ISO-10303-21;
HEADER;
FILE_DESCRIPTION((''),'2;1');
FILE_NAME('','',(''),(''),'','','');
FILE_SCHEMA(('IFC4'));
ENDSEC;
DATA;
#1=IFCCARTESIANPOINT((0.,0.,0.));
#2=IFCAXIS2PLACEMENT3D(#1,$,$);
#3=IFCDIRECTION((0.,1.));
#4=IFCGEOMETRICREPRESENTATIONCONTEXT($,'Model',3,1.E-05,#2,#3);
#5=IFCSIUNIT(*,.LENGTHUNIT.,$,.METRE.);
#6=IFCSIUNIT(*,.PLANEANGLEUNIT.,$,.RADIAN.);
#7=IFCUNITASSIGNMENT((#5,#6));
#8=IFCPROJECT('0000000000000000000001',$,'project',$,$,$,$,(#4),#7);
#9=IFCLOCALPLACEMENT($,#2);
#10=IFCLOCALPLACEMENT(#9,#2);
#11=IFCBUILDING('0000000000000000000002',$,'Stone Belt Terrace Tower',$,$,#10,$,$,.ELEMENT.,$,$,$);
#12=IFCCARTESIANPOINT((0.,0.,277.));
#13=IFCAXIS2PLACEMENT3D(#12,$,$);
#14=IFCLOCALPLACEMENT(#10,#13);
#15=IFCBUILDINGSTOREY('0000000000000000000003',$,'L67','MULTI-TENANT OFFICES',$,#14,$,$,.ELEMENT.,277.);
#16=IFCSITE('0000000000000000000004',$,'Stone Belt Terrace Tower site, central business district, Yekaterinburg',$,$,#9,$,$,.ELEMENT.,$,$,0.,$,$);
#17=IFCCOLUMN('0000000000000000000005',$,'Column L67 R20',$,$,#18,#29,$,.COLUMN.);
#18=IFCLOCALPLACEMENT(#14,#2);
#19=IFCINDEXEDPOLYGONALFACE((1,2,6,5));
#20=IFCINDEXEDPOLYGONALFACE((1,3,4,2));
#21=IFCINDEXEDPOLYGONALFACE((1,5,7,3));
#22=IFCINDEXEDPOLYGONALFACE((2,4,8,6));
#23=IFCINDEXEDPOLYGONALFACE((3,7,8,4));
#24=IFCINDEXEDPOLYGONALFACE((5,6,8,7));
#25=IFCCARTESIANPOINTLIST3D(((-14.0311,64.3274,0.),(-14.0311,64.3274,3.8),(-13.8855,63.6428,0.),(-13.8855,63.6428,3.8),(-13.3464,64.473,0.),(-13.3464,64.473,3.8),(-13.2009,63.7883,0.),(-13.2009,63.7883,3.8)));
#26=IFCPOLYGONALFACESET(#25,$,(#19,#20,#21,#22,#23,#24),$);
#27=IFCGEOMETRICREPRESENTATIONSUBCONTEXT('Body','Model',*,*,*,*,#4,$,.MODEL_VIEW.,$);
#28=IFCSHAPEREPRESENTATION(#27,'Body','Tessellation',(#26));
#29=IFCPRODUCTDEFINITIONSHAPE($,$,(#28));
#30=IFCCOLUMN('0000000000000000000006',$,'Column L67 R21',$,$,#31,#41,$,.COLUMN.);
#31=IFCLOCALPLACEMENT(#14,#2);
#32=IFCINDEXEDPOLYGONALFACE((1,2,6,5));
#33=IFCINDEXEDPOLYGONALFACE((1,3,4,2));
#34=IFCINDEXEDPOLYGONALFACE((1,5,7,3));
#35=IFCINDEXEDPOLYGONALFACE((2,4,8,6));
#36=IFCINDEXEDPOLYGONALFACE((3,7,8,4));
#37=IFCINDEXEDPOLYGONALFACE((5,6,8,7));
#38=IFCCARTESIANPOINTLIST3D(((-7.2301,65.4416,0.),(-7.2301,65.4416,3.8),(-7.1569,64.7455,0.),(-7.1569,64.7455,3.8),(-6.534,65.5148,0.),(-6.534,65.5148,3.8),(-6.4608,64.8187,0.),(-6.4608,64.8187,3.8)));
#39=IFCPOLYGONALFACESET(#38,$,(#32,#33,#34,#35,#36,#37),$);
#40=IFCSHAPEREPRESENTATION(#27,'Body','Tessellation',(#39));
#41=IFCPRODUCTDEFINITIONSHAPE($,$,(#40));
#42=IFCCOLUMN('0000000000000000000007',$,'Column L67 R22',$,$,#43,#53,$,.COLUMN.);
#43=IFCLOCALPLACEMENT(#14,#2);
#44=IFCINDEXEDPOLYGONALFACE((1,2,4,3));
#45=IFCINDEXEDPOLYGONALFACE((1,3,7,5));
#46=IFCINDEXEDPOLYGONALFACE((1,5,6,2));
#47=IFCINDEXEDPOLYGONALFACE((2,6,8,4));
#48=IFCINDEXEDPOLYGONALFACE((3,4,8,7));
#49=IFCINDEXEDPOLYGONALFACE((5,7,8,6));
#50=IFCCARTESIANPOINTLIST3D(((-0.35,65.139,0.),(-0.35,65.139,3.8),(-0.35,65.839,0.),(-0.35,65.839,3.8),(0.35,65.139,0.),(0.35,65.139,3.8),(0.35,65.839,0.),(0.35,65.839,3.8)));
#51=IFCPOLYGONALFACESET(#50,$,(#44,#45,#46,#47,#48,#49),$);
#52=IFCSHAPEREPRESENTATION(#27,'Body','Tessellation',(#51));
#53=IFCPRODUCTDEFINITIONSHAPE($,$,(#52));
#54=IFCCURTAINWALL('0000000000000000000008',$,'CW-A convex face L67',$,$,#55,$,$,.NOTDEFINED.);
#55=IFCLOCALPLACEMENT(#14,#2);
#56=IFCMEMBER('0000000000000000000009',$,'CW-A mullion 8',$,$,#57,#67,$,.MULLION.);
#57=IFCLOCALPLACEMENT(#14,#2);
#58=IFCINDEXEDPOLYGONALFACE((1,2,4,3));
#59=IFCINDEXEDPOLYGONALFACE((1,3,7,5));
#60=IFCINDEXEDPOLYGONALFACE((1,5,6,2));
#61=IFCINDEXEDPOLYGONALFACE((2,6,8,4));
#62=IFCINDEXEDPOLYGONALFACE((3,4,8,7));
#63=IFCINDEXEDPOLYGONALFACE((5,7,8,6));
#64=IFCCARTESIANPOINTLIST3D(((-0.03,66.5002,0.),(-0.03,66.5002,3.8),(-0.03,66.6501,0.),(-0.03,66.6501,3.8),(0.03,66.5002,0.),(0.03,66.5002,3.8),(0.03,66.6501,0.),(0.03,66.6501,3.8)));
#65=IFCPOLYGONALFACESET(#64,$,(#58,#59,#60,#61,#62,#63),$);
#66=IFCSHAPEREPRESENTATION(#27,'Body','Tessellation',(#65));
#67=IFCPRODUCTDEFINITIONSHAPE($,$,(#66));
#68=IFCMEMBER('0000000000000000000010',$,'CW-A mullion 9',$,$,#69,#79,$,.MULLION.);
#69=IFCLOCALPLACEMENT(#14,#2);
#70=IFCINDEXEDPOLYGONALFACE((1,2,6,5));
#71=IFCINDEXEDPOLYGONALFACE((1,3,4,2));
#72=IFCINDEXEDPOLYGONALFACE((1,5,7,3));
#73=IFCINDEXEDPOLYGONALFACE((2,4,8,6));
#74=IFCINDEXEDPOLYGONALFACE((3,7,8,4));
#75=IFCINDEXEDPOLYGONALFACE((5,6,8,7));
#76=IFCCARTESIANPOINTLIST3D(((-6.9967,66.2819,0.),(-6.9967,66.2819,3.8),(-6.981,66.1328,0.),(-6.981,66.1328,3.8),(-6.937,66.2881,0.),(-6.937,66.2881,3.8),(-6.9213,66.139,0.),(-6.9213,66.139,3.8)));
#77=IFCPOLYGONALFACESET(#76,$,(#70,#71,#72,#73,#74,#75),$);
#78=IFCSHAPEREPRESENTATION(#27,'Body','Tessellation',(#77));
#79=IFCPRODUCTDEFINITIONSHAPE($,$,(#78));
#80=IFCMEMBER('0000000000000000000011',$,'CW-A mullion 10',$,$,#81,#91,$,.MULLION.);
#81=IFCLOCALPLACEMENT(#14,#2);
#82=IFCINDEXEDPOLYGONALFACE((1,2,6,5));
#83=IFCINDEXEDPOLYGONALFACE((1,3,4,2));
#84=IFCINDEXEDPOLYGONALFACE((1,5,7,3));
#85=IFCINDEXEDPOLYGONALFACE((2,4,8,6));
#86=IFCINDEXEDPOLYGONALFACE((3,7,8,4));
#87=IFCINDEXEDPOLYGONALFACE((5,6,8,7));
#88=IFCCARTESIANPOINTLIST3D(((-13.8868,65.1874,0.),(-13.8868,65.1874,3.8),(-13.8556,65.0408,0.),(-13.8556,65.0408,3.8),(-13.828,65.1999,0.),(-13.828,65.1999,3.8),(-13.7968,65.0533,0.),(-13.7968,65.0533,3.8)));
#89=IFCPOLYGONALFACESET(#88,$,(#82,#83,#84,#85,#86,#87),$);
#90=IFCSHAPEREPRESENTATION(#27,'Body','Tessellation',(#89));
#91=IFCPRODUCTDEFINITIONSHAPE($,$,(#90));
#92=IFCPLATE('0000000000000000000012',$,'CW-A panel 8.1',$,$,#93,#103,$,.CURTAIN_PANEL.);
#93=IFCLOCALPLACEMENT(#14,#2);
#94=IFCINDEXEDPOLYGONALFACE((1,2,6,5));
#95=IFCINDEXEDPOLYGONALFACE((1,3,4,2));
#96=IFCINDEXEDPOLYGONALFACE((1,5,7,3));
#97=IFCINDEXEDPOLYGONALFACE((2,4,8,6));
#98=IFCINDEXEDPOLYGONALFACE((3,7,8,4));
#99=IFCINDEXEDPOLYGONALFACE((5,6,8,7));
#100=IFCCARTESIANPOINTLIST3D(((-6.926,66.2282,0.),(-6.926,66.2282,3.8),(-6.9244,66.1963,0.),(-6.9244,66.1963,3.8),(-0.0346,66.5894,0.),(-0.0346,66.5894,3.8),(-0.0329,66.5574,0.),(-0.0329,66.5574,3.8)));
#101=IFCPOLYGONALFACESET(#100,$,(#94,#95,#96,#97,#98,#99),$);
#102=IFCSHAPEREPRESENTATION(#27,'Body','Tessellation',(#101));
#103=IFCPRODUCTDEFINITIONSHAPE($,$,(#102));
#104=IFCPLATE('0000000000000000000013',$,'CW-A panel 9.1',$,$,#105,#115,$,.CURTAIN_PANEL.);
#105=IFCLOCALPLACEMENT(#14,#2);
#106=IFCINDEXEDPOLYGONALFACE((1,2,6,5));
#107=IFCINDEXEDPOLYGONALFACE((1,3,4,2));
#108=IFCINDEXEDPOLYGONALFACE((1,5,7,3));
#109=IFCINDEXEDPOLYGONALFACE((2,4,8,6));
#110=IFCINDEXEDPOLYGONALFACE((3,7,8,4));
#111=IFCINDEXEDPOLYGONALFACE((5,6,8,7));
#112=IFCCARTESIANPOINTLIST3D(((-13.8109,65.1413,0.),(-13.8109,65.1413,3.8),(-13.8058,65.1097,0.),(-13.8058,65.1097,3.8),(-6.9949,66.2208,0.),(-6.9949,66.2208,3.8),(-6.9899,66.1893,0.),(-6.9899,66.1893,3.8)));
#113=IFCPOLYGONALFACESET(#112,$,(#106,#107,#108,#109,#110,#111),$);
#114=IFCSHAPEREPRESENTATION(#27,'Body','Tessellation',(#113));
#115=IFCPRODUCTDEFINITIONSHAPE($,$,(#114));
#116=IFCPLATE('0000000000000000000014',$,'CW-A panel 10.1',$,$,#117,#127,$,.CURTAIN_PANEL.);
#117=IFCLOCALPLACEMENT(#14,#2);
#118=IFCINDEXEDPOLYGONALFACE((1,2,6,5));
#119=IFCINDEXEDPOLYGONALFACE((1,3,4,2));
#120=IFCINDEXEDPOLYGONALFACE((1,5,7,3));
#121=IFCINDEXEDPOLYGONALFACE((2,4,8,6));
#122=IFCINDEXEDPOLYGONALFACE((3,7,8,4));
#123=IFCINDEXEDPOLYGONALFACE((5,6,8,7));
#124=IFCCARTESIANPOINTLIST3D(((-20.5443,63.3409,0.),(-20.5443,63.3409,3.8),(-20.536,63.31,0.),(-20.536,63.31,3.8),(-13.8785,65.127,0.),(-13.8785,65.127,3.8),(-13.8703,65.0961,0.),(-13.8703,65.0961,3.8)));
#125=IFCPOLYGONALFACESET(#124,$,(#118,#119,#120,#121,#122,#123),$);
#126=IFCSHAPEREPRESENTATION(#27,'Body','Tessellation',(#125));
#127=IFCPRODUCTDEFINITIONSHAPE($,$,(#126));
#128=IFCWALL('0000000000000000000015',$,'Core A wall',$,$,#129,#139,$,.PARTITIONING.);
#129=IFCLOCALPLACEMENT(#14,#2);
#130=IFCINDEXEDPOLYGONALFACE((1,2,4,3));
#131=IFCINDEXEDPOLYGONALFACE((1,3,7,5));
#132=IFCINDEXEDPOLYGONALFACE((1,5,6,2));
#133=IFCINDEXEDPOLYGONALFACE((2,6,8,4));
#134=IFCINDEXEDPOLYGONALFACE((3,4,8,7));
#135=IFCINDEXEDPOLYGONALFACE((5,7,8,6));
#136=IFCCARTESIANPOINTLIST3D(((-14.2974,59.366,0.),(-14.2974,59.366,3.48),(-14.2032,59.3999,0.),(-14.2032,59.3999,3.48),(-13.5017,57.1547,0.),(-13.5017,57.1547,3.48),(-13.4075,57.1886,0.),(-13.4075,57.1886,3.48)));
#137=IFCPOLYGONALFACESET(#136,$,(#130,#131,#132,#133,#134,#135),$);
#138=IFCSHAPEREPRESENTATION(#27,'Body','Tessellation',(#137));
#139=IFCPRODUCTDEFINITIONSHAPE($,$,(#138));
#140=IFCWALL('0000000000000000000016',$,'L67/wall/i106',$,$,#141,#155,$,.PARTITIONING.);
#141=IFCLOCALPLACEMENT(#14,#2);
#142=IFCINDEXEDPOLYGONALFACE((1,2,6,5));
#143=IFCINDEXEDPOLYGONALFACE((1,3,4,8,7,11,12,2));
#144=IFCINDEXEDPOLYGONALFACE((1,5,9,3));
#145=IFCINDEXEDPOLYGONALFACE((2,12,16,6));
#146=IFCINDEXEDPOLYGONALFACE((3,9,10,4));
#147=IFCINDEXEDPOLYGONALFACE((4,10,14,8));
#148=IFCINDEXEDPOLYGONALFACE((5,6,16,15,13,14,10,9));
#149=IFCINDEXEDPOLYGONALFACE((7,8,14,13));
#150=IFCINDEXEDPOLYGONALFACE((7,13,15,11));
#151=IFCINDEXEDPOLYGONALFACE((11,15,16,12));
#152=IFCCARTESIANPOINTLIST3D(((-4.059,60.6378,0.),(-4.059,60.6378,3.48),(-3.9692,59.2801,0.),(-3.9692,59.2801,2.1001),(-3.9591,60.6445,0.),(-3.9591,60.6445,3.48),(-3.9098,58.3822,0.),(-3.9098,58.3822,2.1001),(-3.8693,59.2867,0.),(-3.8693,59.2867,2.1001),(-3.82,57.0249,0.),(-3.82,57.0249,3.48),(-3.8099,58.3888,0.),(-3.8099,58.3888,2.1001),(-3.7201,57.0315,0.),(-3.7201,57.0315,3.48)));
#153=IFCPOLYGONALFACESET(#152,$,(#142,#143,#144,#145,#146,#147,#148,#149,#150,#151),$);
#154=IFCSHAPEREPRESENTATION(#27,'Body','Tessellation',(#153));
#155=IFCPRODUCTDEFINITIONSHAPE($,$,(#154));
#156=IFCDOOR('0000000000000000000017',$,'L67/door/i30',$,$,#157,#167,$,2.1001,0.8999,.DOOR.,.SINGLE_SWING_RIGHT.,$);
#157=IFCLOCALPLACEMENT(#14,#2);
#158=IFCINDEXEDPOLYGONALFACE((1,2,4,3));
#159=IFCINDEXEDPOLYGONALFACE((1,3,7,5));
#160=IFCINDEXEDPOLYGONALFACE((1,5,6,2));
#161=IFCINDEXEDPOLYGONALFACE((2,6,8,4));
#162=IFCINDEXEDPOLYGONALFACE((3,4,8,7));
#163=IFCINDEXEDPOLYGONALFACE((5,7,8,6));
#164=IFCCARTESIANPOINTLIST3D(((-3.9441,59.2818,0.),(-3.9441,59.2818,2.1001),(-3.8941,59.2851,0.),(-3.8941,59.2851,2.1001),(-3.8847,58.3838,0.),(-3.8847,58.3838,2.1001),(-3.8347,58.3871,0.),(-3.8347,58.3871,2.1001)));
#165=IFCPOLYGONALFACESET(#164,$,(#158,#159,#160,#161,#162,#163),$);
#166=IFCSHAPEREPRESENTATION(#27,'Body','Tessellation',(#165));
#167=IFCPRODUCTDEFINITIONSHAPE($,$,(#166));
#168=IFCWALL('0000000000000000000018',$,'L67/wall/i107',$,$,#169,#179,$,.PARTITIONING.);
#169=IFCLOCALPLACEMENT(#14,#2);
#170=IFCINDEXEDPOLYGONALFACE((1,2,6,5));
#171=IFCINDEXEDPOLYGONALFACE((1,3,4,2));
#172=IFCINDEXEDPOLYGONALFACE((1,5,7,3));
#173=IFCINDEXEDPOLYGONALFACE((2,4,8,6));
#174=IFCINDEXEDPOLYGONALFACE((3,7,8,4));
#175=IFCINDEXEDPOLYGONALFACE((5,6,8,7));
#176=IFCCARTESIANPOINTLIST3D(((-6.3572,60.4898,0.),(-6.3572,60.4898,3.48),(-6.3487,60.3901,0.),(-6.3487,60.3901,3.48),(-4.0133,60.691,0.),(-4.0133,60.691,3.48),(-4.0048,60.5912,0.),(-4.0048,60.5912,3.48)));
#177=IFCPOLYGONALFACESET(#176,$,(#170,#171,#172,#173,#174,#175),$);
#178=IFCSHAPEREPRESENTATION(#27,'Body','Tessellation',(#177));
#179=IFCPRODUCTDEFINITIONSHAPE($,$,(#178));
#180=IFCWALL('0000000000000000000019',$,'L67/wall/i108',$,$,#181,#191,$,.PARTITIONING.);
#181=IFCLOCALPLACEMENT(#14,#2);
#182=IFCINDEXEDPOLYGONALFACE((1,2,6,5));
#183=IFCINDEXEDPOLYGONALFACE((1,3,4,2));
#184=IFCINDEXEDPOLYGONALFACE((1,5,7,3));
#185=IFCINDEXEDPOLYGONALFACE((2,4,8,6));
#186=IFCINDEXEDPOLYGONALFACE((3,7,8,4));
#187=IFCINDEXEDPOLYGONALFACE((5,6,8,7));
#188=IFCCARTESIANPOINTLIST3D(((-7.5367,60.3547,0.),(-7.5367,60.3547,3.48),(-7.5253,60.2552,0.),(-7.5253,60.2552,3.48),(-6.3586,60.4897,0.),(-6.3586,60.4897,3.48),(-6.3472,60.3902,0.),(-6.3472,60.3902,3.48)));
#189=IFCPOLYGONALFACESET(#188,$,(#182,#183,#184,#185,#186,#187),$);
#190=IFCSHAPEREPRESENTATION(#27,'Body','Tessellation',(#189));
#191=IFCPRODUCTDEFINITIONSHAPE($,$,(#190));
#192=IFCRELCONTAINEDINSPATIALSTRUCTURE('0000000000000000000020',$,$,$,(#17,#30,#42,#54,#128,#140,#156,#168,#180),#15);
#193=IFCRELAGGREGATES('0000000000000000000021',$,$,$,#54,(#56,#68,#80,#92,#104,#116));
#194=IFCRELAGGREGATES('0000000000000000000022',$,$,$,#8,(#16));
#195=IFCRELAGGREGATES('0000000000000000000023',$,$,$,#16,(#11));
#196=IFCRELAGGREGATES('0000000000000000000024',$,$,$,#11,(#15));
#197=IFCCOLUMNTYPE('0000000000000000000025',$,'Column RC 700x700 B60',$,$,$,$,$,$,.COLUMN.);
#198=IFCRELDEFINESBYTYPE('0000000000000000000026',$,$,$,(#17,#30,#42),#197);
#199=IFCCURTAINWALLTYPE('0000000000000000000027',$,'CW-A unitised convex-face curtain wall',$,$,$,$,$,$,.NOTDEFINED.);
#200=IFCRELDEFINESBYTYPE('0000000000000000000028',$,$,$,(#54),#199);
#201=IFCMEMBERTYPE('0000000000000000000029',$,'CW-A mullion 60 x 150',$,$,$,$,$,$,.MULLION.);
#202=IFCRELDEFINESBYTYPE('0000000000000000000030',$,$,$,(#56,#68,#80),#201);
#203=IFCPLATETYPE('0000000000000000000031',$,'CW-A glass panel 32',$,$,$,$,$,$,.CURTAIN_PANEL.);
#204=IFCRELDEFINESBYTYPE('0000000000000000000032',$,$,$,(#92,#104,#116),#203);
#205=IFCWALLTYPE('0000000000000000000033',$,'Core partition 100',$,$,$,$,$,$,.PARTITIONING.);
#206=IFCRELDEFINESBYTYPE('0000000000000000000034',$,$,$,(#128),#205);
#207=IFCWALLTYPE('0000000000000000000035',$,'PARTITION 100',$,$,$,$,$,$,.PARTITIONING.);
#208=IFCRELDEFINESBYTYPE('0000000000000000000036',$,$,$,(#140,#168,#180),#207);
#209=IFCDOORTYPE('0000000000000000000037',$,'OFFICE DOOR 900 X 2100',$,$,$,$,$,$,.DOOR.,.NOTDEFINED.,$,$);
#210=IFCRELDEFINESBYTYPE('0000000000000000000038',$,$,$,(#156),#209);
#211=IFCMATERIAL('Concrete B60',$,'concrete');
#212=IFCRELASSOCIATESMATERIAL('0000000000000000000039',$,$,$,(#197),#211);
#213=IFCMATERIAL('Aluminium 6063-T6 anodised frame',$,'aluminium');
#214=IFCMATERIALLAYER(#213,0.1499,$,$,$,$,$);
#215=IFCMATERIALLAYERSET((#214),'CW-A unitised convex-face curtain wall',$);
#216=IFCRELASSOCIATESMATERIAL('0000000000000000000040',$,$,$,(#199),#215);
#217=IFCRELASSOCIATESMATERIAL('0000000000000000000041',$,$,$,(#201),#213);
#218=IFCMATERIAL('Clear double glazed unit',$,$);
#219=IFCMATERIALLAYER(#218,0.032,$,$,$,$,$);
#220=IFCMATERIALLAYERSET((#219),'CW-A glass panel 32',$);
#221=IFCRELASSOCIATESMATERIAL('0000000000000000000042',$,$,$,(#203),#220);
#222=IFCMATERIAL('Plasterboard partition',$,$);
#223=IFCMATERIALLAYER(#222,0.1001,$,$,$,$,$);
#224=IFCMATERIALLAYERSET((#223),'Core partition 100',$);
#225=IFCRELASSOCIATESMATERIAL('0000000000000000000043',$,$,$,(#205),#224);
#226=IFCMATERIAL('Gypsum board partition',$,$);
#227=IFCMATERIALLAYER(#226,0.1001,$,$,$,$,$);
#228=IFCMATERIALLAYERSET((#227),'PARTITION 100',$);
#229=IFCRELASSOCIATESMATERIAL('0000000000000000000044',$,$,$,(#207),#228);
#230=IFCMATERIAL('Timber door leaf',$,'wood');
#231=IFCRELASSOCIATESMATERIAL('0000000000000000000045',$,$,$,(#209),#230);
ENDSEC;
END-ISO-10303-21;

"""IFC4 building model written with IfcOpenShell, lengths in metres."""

from ifc_helpers import new_model, si_unit, direction, frame, frame_2d, origin, origin_2d, place, context, subcontext, project, spatial, rectangle, extrude, material, layer, layer_set, material_profile, profile_set, type_object, element, fill, aggregate, save


model = new_model("IFC4")

# Units and contexts
model_context = context("Model", 3, precision=1e-05, world=origin(), true_north=direction((0.0, 1.0)))
body_context = subcontext(model_context, "Body", "Model", "MODEL_VIEW")
ifc_project = project(units=[si_unit("LENGTHUNIT", "METRE"), si_unit("PLANEANGLEUNIT", "RADIAN")], contexts=[model_context])

# Site, building, storey
site_placement = place(None, origin())
site = spatial("IfcSite", under=ifc_project, at=site_placement, Name="Stone Belt Terrace Tower site, central business district, Yekaterinburg", CompositionType="ELEMENT", RefElevation=0.0)
building_placement = place(site_placement, origin())
building = spatial("IfcBuilding", under=site, at=building_placement, Name="Stone Belt Terrace Tower", CompositionType="ELEMENT")
storey_placement = place(building_placement, frame((0.0, 0.0, 277.0)))
storey = spatial("IfcBuildingStorey", under=building, at=storey_placement, Name="L67", Description="MULTI-TENANT OFFICES", CompositionType="ELEMENT", Elevation=277.0)

# Columns
ifc_material_1 = material(Name="Concrete B60", Category="concrete")
ifc_material_profile_1 = material_profile(ifc_material_1, rectangle(XDim=0.7, YDim=0.7, at=origin_2d()), Name="RC 700x700")
ifc_profile_set_1 = profile_set([ifc_material_profile_1], Name="Concrete B60")
column_type = type_object("IfcColumnType", Name="Column RC 700x700 B60", PredefinedType="COLUMN", material=ifc_profile_set_1)
for number, where, z_axis, x_axis, name in (
    (1, (-13.616, 64.0579, 0.0), (0.0, 0.0, 1.0), (0.978148, 0.207912, 0.0), "Column L67 R20"),
    (2, (-6.8455, 65.1301, 0.0), (0.0, 0.0, 1.0), (0.994522, 0.104528, 0.0), "Column L67 R21"),
    (3, (0.0, 65.489, 0.0), (0.0, 0.0, 1.0), (1.0, 0.0, 0.0), "Column L67 R22"),
):
    element("IfcColumn", number, at=place(storey_placement, frame(where, z_axis=z_axis, x_axis=x_axis)), inside=storey, type_object=column_type, Name=name, PredefinedType="COLUMN", context=body_context, shape_type="SweptSolid", body=[
        extrude(rectangle(XDim=0.7, YDim=0.7, at=origin_2d()), origin(), (0.0, 0.0, 1.0), 3.8),
    ])

# Curtain wall, members, plates
ifc_material_2 = material(Name="Aluminium 6063-T6 anodised frame", Category="aluminium")
ifc_layer_1 = layer(ifc_material_2, 0.1499)
ifc_layer_set_1 = layer_set([ifc_layer_1], Name="CW-A unitised convex-face curtain wall")
curtain_wall_type = type_object("IfcCurtainWallType", Name="CW-A unitised convex-face curtain wall", PredefinedType="NOTDEFINED", material=ifc_layer_set_1)
curtain_wall_placement = place(storey_placement, origin())
curtain_wall = element("IfcCurtainWall", 4, at=curtain_wall_placement, inside=storey, type_object=curtain_wall_type, Name="CW-A convex face L67", PredefinedType="NOTDEFINED")
ifc_material_profile_2 = material_profile(ifc_material_2, rectangle(XDim=0.1499, YDim=0.0601, at=origin_2d()), Name="Aluminium 6063-T6 60x150")
ifc_profile_set_2 = profile_set([ifc_material_profile_2], Name="Aluminium 6063-T6 anodised frame")
member_type = type_object("IfcMemberType", Name="CW-A mullion 60 x 150", PredefinedType="MULLION", material=ifc_profile_set_2)
member_1_placement = place(storey_placement, frame((0.0, 66.5752, 0.0), z_axis=(0.0, 0.0, 1.0), x_axis=(0.0, -1.0, 0.0)))
member_1 = element("IfcMember", 5, at=member_1_placement, type_object=member_type, Name="CW-A mullion 8", PredefinedType="MULLION", context=body_context, shape_type="SweptSolid", body=[
    extrude(rectangle(XDim=0.1499, YDim=0.0601, at=origin_2d()), origin(), (0.0, 0.0, 1.0), 3.8),
])
member_2_placement = place(storey_placement, frame((-6.959, 66.2104, 0.0), z_axis=(0.0, 0.0, 1.0), x_axis=(0.104528, -0.994522, 0.0)))
member_2 = element("IfcMember", 6, at=member_2_placement, type_object=member_type, Name="CW-A mullion 9", PredefinedType="MULLION", context=body_context, shape_type="SweptSolid", body=[
    extrude(rectangle(XDim=0.1499, YDim=0.0601, at=origin_2d()), origin(), (0.0, 0.0, 1.0), 3.8),
])
member_3_placement = place(storey_placement, frame((-13.8418, 65.1204, 0.0), z_axis=(0.0, 0.0, 1.0), x_axis=(0.207912, -0.978148, 0.0)))
member_3 = element("IfcMember", 7, at=member_3_placement, type_object=member_type, Name="CW-A mullion 10", PredefinedType="MULLION", context=body_context, shape_type="SweptSolid", body=[
    extrude(rectangle(XDim=0.1499, YDim=0.0601, at=origin_2d()), origin(), (0.0, 0.0, 1.0), 3.8),
])
ifc_material_3 = material(Name="Clear double glazed unit")
ifc_layer_2 = layer(ifc_material_3, 0.032)
ifc_layer_set_2 = layer_set([ifc_layer_2], Name="CW-A glass panel 32")
plate_type = type_object("IfcPlateType", Name="CW-A glass panel 32", PredefinedType="CURTAIN_PANEL", material=ifc_layer_set_2)
plate_1_placement = place(storey_placement, frame((-3.4795, 66.3928, 0.0), z_axis=(0.0, 0.0, 1.0), x_axis=(-0.99863, -0.052336, 0.0)))
plate_1 = element("IfcPlate", 8, at=plate_1_placement, type_object=plate_type, Name="CW-A panel 8.1", PredefinedType="CURTAIN_PANEL", context=body_context, shape_type="SweptSolid", body=[
    extrude(rectangle(XDim=6.9009, YDim=0.032, at=origin_2d()), origin(), (0.0, 0.0, 1.0), 3.8),
])
plate_2_placement = place(storey_placement, frame((-10.4004, 65.6653, 0.0), z_axis=(0.0, 0.0, 1.0), x_axis=(-0.987688, -0.156434, 0.0)))
plate_2 = element("IfcPlate", 9, at=plate_2_placement, type_object=plate_type, Name="CW-A panel 9.1", PredefinedType="CURTAIN_PANEL", context=body_context, shape_type="SweptSolid", body=[
    extrude(rectangle(XDim=6.9009, YDim=0.032, at=origin_2d()), origin(), (0.0, 0.0, 1.0), 3.8),
])
plate_3_placement = place(storey_placement, frame((-17.2073, 64.2185, 0.0), z_axis=(0.0, 0.0, 1.0), x_axis=(-0.965926, -0.258819, 0.0)))
plate_3 = element("IfcPlate", 10, at=plate_3_placement, type_object=plate_type, Name="CW-A panel 10.1", PredefinedType="CURTAIN_PANEL", context=body_context, shape_type="SweptSolid", body=[
    extrude(rectangle(XDim=6.9009, YDim=0.032, at=origin_2d()), origin(), (0.0, 0.0, 1.0), 3.8),
])
aggregate(curtain_wall, [member_1, member_2, member_3, plate_1, plate_2, plate_3])

# Wall
ifc_material_4 = material(Name="Plasterboard partition")
ifc_layer_3 = layer(ifc_material_4, 0.1001)
ifc_layer_set_3 = layer_set([ifc_layer_3], Name="Core partition 100")
wall_type_1 = type_object("IfcWallType", Name="Core partition 100", PredefinedType="PARTITIONING", material=ifc_layer_set_3)
wall_1_placement = place(storey_placement, frame((-13.4546, 57.1716, 0.0), z_axis=(0.0, 0.0, 1.0), x_axis=(-0.33858, 0.940938, 0.0)))
element("IfcWall", 11, at=wall_1_placement, inside=storey, type_object=wall_type_1, Name="Core A wall", PredefinedType="PARTITIONING", context=body_context, shape_type="SweptSolid", body=[
    extrude(rectangle(XDim=2.3501, YDim=0.1001, at=frame_2d((1.175, 0.0))), origin(), (0.0, 0.0, 1.0), 3.48),
])

# Wall, opening, door
ifc_material_5 = material(Name="Gypsum board partition")
ifc_layer_4 = layer(ifc_material_5, 0.1001)
ifc_layer_set_4 = layer_set([ifc_layer_4], Name="PARTITION 100")
wall_type_2 = type_object("IfcWallType", Name="PARTITION 100", PredefinedType="PARTITIONING", material=ifc_layer_set_4)
wall_2_placement = place(storey_placement, frame((-3.77, 57.0281, 0.0), z_axis=(0.0, 0.0, 1.0), x_axis=(-0.066009, 0.997819, 0.0)))
wall_2 = element("IfcWall", 12, at=wall_2_placement, inside=storey, type_object=wall_type_2, Name="L67/wall/i106", PredefinedType="PARTITIONING", context=body_context, shape_type="SweptSolid", body=[
    extrude(rectangle(XDim=3.6208, YDim=0.1001, at=frame_2d((1.8105, 0.0))), origin(), (0.0, 0.0, 1.0), 3.48),
])
opening_1_placement = place(wall_2_placement, frame((1.3604, 0.0, 0.0)))
opening_1 = element("IfcOpeningElement", 13, at=opening_1_placement, cuts=wall_2, PredefinedType="OPENING", context=body_context, shape_type="SweptSolid", body=[
    extrude(rectangle(XDim=0.8999, YDim=2.1001, at=frame_2d((0.45, 1.05))), frame((0.0, 0.0601, 0.0), z_axis=(0.0, -1.0, 0.0), x_axis=(1.0, 0.0, 0.0)), (0.0, 0.0, 1.0), 0.1201),
])
ifc_material_6 = material(Name="Timber door leaf", Category="wood")
door_type_1 = type_object("IfcDoorType", Name="OFFICE DOOR 900 X 2100", OperationType="NOTDEFINED", PredefinedType="DOOR", material=ifc_material_6)
door_1_placement = place(opening_1_placement, origin())
door_1 = element("IfcDoor", 14, at=door_1_placement, inside=storey, type_object=door_type_1, Name="L67/door/i30", OperationType="SINGLE_SWING_RIGHT", OverallHeight=2.1001, OverallWidth=0.8999, PredefinedType="DOOR", context=body_context, shape_type="SweptSolid", body=[
    extrude(rectangle(XDim=0.8999, YDim=2.1001, at=frame_2d((0.45, 1.05))), frame((0.0, 0.0249, 0.0), z_axis=(0.0, -1.0, 0.0), x_axis=(1.0, 0.0, 0.0)), (0.0, 0.0, 1.0), 0.05),
])
fill(opening_1, door_1)

# Walls
wall_3_placement = place(storey_placement, frame((-4.009, 60.6411, 0.0), z_axis=(0.0, 0.0, 1.0), x_axis=(-0.996337, -0.08551, 0.0)))
element("IfcWall", 15, at=wall_3_placement, inside=storey, type_object=wall_type_2, Name="L67/wall/i107", PredefinedType="PARTITIONING", context=body_context, shape_type="SweptSolid", body=[
    extrude(rectangle(XDim=2.3525, YDim=0.1001, at=frame_2d((1.1763, 0.0))), origin(), (0.0, 0.0, 1.0), 3.48),
])
wall_4_placement = place(storey_placement, frame((-6.353, 60.4399, 0.0), z_axis=(0.0, 0.0, 1.0), x_axis=(-0.993496, -0.113866, 0.0)))
element("IfcWall", 16, at=wall_4_placement, inside=storey, type_object=wall_type_2, Name="L67/wall/i108", PredefinedType="PARTITIONING", context=body_context, shape_type="SweptSolid", body=[
    extrude(rectangle(XDim=1.1858, YDim=0.1001, at=frame_2d((0.5928, 0.0))), origin(), (0.0, 0.0, 1.0), 3.48),
])

save(model, "model.ifc")
